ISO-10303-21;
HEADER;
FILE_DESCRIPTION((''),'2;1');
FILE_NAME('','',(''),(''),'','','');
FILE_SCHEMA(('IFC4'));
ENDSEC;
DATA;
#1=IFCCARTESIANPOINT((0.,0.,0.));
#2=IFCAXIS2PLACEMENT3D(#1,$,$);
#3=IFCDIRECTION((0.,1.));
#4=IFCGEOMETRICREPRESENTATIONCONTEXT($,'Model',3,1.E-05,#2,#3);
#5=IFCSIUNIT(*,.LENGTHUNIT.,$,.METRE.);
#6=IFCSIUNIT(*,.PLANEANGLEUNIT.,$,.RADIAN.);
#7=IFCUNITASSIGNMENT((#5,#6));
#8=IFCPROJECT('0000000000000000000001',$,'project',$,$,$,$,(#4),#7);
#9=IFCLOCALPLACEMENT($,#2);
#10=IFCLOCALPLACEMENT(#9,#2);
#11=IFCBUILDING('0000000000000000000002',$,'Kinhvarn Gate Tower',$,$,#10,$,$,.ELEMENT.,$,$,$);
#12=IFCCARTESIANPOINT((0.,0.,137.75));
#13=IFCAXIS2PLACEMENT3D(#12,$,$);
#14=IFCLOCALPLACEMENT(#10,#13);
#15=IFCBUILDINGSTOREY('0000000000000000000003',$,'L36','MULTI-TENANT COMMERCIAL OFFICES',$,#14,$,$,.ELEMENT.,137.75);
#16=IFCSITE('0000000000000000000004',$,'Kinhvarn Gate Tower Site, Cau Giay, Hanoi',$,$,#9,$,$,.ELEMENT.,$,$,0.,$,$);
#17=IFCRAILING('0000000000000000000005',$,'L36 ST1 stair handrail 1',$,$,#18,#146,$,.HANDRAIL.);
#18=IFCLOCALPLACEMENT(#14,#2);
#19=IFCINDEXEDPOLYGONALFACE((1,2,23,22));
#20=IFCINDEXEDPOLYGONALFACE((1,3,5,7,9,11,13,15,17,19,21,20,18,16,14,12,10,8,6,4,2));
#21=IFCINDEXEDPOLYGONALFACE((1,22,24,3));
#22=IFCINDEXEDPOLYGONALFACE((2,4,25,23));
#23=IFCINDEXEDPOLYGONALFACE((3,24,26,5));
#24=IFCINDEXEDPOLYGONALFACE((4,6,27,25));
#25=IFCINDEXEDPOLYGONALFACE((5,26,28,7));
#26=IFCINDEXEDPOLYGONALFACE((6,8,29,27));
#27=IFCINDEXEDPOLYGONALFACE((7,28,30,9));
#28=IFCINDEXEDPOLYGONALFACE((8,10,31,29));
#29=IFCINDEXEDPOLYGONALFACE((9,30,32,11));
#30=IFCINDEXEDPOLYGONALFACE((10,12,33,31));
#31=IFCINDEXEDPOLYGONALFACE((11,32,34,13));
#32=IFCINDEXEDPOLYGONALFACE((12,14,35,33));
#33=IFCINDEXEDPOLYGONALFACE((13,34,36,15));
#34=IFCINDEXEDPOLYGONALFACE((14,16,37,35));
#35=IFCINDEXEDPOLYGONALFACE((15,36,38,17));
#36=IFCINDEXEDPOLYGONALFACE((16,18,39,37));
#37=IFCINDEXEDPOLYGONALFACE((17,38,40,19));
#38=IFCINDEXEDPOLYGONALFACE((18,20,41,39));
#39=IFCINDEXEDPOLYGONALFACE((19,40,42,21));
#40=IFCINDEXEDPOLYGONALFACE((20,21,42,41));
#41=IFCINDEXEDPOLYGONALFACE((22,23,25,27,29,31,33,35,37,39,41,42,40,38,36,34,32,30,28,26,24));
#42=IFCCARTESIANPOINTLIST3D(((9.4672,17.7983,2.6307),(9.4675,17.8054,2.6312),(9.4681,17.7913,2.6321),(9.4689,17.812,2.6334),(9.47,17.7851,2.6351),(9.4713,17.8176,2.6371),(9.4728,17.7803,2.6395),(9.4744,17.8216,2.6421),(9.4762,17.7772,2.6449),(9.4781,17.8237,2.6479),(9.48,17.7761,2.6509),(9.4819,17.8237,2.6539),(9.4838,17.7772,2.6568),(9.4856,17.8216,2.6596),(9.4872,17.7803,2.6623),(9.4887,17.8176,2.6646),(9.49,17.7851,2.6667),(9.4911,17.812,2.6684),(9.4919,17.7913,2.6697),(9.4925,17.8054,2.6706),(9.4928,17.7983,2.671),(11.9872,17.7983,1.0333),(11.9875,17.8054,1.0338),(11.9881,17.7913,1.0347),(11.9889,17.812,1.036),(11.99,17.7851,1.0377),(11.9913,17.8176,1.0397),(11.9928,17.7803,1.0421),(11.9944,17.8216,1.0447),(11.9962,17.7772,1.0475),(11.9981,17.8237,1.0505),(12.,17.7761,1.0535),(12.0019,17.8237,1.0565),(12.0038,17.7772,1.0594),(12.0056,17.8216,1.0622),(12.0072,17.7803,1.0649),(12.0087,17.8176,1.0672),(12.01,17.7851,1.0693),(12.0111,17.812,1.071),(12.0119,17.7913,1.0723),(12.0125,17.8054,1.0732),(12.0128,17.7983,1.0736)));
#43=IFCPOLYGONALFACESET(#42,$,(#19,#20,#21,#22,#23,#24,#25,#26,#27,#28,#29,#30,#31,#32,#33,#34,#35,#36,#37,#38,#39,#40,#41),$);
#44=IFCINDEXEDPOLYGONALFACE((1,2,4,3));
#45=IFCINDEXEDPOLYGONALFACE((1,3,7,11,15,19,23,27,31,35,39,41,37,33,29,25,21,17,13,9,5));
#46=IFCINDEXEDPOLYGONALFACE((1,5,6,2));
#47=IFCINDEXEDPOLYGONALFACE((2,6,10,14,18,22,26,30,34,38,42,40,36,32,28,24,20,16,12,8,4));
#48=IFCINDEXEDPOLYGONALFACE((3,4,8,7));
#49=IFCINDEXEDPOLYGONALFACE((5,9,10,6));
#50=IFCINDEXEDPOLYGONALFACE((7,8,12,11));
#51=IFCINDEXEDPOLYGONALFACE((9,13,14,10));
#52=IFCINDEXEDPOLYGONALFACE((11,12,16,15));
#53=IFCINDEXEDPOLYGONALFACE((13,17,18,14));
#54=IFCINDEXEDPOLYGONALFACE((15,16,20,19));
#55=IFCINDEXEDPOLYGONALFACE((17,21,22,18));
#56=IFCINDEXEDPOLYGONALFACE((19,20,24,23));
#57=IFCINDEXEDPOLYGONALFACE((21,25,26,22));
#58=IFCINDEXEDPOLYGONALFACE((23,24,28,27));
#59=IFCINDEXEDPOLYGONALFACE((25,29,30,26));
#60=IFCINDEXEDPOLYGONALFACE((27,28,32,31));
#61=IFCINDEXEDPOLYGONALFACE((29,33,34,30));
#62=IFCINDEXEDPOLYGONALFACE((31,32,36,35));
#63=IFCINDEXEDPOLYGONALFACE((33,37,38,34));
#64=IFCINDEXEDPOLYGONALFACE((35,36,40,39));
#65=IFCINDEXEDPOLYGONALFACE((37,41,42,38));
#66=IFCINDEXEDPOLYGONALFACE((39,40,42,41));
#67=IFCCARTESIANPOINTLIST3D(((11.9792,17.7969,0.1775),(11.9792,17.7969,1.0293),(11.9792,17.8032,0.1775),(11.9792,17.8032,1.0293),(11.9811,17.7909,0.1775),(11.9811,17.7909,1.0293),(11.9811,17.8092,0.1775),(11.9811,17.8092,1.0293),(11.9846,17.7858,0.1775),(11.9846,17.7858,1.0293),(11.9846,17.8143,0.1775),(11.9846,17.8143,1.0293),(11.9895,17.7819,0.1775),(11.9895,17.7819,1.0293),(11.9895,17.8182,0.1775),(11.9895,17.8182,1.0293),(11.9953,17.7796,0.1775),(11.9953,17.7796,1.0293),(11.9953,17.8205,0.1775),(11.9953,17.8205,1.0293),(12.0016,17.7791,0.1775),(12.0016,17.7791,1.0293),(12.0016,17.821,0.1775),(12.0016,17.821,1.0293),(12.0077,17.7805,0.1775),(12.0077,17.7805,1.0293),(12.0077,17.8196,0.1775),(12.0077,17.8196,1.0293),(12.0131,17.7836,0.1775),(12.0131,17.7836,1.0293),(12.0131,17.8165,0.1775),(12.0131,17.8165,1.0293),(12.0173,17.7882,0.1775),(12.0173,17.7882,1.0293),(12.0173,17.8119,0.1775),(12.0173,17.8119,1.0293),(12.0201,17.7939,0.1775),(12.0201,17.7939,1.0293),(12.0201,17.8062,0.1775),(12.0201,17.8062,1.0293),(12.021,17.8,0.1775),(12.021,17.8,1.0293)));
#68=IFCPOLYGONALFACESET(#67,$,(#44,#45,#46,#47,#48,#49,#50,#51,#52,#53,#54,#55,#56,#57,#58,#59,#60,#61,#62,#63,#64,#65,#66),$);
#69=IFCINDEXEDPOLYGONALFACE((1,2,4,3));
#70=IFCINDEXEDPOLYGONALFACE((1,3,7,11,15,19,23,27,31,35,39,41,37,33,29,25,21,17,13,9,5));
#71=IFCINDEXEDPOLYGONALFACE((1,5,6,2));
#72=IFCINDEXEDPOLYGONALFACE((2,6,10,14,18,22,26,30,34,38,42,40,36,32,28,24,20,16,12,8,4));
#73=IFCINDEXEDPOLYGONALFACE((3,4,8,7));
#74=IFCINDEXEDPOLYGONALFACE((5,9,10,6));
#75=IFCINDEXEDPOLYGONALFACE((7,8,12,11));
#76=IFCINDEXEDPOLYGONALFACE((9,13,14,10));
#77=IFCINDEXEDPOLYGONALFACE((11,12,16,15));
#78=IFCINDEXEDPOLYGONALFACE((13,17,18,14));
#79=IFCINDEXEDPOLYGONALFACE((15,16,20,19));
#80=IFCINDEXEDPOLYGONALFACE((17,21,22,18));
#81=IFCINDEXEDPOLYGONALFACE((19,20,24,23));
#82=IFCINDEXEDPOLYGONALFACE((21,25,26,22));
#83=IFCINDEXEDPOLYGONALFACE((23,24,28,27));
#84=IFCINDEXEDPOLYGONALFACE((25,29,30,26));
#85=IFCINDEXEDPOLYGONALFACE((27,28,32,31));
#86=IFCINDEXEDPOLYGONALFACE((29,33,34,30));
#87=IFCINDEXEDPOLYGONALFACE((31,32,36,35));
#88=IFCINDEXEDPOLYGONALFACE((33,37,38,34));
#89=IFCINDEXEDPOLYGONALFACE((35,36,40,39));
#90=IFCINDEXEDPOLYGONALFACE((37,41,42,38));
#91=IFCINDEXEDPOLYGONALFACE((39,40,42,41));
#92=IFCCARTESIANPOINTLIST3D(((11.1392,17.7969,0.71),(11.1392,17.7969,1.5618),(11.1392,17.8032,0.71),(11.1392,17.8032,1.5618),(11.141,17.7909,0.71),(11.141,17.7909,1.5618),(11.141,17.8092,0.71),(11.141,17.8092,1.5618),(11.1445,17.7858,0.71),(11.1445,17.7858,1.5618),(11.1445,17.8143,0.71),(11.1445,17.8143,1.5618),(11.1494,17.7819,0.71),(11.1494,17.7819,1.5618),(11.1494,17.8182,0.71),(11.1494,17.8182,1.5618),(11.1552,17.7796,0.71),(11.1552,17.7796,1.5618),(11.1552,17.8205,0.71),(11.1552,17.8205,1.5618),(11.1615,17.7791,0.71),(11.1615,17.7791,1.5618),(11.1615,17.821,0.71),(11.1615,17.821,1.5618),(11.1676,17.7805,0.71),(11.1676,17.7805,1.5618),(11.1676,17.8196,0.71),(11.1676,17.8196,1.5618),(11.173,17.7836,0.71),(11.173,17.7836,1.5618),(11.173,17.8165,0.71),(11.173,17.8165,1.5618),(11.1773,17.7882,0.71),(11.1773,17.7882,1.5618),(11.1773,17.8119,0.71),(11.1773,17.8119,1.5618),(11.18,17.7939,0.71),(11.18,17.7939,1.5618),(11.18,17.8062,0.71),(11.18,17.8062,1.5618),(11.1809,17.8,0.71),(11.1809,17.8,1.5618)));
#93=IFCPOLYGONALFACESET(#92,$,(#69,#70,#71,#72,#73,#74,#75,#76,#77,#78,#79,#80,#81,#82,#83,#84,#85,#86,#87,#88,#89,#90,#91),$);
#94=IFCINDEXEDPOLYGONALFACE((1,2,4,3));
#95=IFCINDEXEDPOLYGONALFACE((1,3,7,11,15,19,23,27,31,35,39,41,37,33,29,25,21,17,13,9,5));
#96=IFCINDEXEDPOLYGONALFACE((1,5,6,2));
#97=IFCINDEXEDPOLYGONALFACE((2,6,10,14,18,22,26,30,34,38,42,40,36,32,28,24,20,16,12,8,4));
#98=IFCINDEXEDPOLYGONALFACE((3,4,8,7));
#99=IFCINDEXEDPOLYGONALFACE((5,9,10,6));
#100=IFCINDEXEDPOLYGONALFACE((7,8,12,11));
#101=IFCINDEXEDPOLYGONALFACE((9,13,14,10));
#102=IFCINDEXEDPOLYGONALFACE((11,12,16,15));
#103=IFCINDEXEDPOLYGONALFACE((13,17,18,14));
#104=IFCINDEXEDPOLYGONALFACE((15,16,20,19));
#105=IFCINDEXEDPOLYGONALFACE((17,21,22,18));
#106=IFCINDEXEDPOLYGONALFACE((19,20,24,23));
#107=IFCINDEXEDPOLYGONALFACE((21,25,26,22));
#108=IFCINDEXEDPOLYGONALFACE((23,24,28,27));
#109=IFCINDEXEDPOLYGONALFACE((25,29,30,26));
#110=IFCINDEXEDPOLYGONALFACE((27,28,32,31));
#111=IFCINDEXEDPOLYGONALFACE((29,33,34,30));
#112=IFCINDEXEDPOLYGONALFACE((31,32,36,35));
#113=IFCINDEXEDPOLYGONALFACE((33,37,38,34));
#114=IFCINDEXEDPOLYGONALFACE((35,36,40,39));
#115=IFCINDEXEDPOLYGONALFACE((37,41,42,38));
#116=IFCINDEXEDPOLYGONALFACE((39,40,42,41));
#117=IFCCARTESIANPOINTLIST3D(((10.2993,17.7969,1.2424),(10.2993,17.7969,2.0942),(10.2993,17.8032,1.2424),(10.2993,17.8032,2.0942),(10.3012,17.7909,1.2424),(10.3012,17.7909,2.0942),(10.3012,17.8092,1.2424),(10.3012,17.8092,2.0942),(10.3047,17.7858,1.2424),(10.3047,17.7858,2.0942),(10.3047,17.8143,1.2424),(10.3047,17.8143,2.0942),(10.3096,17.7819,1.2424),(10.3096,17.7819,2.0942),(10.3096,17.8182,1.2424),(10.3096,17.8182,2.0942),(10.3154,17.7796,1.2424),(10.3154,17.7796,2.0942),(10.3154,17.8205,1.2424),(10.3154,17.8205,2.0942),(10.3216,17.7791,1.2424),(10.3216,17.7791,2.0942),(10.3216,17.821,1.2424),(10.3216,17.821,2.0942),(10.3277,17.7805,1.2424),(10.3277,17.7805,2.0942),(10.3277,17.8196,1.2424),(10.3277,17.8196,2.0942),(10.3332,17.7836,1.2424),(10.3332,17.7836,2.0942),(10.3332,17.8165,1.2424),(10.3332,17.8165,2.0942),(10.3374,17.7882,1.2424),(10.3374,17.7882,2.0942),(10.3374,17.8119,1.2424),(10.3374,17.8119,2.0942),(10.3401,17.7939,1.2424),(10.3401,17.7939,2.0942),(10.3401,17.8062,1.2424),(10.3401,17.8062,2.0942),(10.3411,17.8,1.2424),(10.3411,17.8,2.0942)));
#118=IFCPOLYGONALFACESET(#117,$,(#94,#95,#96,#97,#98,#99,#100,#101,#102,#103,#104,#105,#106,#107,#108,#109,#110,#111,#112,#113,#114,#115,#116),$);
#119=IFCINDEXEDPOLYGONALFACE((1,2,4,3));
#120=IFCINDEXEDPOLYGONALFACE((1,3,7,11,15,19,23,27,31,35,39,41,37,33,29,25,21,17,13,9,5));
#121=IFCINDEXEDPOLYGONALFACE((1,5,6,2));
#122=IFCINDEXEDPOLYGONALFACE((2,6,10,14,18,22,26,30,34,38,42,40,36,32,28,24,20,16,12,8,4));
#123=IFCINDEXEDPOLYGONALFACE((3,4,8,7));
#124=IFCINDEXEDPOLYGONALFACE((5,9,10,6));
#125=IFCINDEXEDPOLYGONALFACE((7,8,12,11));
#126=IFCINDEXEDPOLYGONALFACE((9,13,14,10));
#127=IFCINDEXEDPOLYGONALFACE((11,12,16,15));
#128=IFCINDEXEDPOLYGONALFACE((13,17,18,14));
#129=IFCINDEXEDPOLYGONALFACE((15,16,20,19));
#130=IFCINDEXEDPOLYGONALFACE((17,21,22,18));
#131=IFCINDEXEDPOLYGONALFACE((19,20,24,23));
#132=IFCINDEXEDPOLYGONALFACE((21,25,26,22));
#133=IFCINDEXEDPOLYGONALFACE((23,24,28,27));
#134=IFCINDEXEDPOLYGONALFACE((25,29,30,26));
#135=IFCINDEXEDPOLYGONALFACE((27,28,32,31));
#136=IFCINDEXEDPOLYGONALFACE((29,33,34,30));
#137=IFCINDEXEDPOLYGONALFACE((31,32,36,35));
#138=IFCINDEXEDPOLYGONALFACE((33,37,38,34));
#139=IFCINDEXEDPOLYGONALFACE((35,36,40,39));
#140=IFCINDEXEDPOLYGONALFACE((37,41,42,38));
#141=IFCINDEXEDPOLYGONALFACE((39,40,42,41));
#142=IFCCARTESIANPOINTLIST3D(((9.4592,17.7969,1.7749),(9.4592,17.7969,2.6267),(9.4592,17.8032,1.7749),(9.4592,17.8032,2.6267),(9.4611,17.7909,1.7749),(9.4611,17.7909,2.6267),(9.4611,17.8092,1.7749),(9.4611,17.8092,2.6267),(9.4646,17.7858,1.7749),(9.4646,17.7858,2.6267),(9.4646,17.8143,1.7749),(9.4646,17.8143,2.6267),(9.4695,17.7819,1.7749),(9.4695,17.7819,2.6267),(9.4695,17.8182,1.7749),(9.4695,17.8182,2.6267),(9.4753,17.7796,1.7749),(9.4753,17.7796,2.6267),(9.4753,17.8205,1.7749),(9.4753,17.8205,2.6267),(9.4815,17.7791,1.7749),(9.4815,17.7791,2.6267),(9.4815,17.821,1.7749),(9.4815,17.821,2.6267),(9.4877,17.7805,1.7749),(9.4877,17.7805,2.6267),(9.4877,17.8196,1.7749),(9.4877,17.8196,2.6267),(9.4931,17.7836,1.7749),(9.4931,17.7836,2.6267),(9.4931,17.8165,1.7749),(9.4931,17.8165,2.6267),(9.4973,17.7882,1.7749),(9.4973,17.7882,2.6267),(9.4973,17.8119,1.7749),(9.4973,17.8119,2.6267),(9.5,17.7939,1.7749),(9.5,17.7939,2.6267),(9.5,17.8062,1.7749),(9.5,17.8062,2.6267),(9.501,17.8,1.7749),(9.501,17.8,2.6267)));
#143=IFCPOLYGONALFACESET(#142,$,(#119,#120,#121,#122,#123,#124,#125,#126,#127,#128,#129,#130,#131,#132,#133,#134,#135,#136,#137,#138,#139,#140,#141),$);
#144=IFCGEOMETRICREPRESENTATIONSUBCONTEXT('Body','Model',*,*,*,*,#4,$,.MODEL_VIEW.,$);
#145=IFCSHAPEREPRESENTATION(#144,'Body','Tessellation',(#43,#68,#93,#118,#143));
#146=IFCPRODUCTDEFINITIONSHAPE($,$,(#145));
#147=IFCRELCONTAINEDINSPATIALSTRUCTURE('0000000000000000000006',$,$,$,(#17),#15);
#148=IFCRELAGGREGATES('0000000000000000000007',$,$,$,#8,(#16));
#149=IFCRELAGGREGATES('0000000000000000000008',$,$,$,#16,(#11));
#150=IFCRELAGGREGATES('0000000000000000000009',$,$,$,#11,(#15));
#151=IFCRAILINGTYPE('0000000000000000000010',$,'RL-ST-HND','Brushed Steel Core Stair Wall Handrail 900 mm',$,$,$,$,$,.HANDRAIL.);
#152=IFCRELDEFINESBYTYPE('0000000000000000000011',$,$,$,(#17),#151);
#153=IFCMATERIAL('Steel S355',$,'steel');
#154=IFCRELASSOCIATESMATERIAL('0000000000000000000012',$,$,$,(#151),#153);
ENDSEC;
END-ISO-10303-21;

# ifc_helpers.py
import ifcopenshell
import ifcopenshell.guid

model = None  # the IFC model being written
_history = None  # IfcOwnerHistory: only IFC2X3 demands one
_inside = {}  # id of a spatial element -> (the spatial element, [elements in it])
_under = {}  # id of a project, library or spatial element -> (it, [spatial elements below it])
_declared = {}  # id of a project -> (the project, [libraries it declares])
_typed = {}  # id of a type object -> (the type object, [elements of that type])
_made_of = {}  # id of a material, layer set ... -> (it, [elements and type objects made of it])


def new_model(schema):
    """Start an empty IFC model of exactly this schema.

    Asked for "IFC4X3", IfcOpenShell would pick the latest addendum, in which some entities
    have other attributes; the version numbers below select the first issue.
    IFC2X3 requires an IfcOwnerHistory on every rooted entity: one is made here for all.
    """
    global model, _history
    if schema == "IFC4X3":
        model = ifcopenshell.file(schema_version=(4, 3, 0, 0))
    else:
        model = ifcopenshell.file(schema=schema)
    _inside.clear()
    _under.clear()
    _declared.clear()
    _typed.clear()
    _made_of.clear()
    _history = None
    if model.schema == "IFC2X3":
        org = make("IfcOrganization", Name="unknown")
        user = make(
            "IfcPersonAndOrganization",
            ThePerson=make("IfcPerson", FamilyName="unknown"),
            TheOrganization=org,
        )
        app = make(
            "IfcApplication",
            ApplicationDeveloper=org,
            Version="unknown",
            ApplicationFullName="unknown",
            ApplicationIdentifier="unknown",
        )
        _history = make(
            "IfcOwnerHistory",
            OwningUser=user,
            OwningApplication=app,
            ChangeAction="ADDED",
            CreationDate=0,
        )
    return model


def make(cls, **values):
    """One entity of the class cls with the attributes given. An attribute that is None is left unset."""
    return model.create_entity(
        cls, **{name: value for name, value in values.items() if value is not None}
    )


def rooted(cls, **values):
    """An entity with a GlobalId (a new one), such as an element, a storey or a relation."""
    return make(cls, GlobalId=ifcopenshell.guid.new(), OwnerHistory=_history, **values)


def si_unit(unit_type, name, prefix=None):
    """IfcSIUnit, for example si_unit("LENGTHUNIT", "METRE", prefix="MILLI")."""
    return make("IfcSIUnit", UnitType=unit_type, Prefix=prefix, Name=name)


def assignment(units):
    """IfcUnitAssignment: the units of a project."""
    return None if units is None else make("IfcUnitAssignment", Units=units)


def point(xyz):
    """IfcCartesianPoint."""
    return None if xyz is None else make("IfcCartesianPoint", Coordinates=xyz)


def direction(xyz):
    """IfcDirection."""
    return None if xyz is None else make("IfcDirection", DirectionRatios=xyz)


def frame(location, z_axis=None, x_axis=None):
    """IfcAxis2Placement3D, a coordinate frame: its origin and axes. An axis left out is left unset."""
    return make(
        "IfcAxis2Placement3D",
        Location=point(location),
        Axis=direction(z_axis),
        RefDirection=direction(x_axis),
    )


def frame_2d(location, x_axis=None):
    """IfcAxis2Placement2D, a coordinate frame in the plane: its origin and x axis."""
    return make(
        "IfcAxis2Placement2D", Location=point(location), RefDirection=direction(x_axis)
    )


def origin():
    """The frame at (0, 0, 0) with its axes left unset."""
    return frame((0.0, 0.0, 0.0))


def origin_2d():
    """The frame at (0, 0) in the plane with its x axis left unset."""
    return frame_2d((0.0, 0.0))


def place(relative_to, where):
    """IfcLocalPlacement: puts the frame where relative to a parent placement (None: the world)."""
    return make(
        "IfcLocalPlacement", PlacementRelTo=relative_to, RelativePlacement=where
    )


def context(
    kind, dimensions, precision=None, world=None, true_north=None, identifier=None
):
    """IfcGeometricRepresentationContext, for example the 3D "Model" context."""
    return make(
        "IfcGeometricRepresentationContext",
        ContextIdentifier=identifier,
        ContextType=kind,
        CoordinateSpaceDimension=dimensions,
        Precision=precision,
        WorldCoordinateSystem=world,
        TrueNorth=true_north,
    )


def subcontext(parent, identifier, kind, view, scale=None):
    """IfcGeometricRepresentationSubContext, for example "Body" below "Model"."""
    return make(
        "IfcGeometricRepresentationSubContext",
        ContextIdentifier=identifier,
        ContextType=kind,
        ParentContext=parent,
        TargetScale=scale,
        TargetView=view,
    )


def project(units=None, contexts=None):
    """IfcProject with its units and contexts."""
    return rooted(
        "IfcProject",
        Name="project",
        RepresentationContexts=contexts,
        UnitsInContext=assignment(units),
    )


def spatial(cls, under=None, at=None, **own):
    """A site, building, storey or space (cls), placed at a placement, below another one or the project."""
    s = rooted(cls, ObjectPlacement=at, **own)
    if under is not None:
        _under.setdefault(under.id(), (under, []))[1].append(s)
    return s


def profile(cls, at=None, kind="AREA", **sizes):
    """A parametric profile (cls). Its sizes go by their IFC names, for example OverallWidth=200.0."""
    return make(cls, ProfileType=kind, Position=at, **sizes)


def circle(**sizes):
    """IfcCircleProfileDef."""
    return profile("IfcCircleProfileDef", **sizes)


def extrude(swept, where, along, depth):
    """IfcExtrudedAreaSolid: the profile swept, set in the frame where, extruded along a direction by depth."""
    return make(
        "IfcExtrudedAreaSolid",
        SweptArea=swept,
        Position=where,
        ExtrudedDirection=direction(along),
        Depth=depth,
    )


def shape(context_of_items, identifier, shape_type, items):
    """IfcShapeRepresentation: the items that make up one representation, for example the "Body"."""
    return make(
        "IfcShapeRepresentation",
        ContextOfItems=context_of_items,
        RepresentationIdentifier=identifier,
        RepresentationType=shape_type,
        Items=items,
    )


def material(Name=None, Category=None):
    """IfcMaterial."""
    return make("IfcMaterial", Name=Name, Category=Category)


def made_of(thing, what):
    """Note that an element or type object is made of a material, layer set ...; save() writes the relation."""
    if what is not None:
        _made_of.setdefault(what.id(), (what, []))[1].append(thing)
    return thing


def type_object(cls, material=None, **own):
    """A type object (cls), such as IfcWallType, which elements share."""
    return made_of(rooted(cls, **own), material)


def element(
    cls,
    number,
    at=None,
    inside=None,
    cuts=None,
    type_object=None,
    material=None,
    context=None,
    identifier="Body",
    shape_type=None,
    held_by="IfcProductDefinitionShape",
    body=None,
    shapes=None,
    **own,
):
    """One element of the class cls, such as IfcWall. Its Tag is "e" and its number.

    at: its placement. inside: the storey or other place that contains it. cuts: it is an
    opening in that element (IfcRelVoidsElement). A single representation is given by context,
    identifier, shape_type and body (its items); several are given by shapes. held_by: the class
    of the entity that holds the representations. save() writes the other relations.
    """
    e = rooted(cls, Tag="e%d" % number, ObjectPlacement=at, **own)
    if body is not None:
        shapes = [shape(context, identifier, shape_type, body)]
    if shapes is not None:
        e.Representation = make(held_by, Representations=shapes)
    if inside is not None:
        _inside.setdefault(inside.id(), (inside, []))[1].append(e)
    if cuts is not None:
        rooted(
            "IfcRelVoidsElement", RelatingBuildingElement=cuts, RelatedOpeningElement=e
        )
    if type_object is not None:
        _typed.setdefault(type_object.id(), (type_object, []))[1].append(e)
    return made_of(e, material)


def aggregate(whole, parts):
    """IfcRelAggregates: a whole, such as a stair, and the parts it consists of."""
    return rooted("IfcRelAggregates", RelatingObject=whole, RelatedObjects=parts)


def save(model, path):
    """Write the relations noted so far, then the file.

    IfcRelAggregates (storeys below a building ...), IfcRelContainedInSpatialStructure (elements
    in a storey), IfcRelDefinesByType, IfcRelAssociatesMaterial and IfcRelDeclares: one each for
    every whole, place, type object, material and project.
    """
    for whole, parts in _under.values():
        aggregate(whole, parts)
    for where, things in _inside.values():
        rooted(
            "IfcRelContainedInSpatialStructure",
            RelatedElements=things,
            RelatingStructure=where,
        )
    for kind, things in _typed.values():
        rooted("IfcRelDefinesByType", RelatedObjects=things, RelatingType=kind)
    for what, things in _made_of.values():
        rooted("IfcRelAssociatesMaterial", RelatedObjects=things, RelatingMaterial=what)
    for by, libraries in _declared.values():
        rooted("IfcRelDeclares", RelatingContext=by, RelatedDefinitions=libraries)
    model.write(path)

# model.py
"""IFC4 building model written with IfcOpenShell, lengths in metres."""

from ifc_helpers import new_model, si_unit, direction, frame, origin, origin_2d, place, context, subcontext, project, spatial, circle, extrude, material, type_object, element, save


model = new_model("IFC4")

# Units and contexts
model_context = context("Model", 3, precision=1e-05, world=origin(), true_north=direction((0.0, 1.0)))
body_context = subcontext(model_context, "Body", "Model", "MODEL_VIEW")
ifc_project = project(units=[si_unit("LENGTHUNIT", "METRE"), si_unit("PLANEANGLEUNIT", "RADIAN")], contexts=[model_context])

# Site, building, storey
site_placement = place(None, origin())
site = spatial("IfcSite", under=ifc_project, at=site_placement, Name="Kinhvarn Gate Tower Site, Cau Giay, Hanoi", CompositionType="ELEMENT", RefElevation=0.0)
building_placement = place(site_placement, origin())
building = spatial("IfcBuilding", under=site, at=building_placement, Name="Kinhvarn Gate Tower", CompositionType="ELEMENT")
storey_placement = place(building_placement, frame((0.0, 0.0, 137.75)))
storey = spatial("IfcBuildingStorey", under=building, at=storey_placement, Name="L36", Description="MULTI-TENANT COMMERCIAL OFFICES", CompositionType="ELEMENT", Elevation=137.75)

# Shared definitions
ifc_material_1 = material(Name="Steel S355", Category="steel")

# Railing
railing_type_1 = type_object("IfcRailingType", Name="RL-ST-HND", Description="Brushed Steel Core Stair Wall Handrail 900 mm", PredefinedType="HANDRAIL", material=ifc_material_1)
railing_1_placement = place(storey_placement, frame((12.0, 17.8, 0.1775)))
element("IfcRailing", 1, at=railing_1_placement, inside=storey, type_object=railing_type_1, Name="L36 ST1 stair handrail 1", PredefinedType="HANDRAIL", context=body_context, shape_type="SweptSolid", body=[
    extrude(circle(Radius=0.0239, at=origin_2d()), frame((0.0, 0.0, 0.876), z_axis=(-0.844607, 0.0, 0.535387), x_axis=(0.0, -1.0, 0.0)), (0.0, 0.0, 1.0), 2.9836),
    extrude(circle(Radius=0.021, at=origin_2d()), origin(), (0.0, 0.0, 1.0), 0.8518),
    extrude(circle(Radius=0.021, at=origin_2d()), frame((-0.8401, 0.0, 0.5325)), (0.0, 0.0, 1.0), 0.8518),
    extrude(circle(Radius=0.021, at=origin_2d()), frame((-1.6799, 0.0, 1.0649)), (0.0, 0.0, 1.0), 0.8518),
    extrude(circle(Radius=0.021, at=origin_2d()), frame((-2.52, 0.0, 1.5974)), (0.0, 0.0, 1.0), 0.8518),
])

save(model, "model.ifc")
